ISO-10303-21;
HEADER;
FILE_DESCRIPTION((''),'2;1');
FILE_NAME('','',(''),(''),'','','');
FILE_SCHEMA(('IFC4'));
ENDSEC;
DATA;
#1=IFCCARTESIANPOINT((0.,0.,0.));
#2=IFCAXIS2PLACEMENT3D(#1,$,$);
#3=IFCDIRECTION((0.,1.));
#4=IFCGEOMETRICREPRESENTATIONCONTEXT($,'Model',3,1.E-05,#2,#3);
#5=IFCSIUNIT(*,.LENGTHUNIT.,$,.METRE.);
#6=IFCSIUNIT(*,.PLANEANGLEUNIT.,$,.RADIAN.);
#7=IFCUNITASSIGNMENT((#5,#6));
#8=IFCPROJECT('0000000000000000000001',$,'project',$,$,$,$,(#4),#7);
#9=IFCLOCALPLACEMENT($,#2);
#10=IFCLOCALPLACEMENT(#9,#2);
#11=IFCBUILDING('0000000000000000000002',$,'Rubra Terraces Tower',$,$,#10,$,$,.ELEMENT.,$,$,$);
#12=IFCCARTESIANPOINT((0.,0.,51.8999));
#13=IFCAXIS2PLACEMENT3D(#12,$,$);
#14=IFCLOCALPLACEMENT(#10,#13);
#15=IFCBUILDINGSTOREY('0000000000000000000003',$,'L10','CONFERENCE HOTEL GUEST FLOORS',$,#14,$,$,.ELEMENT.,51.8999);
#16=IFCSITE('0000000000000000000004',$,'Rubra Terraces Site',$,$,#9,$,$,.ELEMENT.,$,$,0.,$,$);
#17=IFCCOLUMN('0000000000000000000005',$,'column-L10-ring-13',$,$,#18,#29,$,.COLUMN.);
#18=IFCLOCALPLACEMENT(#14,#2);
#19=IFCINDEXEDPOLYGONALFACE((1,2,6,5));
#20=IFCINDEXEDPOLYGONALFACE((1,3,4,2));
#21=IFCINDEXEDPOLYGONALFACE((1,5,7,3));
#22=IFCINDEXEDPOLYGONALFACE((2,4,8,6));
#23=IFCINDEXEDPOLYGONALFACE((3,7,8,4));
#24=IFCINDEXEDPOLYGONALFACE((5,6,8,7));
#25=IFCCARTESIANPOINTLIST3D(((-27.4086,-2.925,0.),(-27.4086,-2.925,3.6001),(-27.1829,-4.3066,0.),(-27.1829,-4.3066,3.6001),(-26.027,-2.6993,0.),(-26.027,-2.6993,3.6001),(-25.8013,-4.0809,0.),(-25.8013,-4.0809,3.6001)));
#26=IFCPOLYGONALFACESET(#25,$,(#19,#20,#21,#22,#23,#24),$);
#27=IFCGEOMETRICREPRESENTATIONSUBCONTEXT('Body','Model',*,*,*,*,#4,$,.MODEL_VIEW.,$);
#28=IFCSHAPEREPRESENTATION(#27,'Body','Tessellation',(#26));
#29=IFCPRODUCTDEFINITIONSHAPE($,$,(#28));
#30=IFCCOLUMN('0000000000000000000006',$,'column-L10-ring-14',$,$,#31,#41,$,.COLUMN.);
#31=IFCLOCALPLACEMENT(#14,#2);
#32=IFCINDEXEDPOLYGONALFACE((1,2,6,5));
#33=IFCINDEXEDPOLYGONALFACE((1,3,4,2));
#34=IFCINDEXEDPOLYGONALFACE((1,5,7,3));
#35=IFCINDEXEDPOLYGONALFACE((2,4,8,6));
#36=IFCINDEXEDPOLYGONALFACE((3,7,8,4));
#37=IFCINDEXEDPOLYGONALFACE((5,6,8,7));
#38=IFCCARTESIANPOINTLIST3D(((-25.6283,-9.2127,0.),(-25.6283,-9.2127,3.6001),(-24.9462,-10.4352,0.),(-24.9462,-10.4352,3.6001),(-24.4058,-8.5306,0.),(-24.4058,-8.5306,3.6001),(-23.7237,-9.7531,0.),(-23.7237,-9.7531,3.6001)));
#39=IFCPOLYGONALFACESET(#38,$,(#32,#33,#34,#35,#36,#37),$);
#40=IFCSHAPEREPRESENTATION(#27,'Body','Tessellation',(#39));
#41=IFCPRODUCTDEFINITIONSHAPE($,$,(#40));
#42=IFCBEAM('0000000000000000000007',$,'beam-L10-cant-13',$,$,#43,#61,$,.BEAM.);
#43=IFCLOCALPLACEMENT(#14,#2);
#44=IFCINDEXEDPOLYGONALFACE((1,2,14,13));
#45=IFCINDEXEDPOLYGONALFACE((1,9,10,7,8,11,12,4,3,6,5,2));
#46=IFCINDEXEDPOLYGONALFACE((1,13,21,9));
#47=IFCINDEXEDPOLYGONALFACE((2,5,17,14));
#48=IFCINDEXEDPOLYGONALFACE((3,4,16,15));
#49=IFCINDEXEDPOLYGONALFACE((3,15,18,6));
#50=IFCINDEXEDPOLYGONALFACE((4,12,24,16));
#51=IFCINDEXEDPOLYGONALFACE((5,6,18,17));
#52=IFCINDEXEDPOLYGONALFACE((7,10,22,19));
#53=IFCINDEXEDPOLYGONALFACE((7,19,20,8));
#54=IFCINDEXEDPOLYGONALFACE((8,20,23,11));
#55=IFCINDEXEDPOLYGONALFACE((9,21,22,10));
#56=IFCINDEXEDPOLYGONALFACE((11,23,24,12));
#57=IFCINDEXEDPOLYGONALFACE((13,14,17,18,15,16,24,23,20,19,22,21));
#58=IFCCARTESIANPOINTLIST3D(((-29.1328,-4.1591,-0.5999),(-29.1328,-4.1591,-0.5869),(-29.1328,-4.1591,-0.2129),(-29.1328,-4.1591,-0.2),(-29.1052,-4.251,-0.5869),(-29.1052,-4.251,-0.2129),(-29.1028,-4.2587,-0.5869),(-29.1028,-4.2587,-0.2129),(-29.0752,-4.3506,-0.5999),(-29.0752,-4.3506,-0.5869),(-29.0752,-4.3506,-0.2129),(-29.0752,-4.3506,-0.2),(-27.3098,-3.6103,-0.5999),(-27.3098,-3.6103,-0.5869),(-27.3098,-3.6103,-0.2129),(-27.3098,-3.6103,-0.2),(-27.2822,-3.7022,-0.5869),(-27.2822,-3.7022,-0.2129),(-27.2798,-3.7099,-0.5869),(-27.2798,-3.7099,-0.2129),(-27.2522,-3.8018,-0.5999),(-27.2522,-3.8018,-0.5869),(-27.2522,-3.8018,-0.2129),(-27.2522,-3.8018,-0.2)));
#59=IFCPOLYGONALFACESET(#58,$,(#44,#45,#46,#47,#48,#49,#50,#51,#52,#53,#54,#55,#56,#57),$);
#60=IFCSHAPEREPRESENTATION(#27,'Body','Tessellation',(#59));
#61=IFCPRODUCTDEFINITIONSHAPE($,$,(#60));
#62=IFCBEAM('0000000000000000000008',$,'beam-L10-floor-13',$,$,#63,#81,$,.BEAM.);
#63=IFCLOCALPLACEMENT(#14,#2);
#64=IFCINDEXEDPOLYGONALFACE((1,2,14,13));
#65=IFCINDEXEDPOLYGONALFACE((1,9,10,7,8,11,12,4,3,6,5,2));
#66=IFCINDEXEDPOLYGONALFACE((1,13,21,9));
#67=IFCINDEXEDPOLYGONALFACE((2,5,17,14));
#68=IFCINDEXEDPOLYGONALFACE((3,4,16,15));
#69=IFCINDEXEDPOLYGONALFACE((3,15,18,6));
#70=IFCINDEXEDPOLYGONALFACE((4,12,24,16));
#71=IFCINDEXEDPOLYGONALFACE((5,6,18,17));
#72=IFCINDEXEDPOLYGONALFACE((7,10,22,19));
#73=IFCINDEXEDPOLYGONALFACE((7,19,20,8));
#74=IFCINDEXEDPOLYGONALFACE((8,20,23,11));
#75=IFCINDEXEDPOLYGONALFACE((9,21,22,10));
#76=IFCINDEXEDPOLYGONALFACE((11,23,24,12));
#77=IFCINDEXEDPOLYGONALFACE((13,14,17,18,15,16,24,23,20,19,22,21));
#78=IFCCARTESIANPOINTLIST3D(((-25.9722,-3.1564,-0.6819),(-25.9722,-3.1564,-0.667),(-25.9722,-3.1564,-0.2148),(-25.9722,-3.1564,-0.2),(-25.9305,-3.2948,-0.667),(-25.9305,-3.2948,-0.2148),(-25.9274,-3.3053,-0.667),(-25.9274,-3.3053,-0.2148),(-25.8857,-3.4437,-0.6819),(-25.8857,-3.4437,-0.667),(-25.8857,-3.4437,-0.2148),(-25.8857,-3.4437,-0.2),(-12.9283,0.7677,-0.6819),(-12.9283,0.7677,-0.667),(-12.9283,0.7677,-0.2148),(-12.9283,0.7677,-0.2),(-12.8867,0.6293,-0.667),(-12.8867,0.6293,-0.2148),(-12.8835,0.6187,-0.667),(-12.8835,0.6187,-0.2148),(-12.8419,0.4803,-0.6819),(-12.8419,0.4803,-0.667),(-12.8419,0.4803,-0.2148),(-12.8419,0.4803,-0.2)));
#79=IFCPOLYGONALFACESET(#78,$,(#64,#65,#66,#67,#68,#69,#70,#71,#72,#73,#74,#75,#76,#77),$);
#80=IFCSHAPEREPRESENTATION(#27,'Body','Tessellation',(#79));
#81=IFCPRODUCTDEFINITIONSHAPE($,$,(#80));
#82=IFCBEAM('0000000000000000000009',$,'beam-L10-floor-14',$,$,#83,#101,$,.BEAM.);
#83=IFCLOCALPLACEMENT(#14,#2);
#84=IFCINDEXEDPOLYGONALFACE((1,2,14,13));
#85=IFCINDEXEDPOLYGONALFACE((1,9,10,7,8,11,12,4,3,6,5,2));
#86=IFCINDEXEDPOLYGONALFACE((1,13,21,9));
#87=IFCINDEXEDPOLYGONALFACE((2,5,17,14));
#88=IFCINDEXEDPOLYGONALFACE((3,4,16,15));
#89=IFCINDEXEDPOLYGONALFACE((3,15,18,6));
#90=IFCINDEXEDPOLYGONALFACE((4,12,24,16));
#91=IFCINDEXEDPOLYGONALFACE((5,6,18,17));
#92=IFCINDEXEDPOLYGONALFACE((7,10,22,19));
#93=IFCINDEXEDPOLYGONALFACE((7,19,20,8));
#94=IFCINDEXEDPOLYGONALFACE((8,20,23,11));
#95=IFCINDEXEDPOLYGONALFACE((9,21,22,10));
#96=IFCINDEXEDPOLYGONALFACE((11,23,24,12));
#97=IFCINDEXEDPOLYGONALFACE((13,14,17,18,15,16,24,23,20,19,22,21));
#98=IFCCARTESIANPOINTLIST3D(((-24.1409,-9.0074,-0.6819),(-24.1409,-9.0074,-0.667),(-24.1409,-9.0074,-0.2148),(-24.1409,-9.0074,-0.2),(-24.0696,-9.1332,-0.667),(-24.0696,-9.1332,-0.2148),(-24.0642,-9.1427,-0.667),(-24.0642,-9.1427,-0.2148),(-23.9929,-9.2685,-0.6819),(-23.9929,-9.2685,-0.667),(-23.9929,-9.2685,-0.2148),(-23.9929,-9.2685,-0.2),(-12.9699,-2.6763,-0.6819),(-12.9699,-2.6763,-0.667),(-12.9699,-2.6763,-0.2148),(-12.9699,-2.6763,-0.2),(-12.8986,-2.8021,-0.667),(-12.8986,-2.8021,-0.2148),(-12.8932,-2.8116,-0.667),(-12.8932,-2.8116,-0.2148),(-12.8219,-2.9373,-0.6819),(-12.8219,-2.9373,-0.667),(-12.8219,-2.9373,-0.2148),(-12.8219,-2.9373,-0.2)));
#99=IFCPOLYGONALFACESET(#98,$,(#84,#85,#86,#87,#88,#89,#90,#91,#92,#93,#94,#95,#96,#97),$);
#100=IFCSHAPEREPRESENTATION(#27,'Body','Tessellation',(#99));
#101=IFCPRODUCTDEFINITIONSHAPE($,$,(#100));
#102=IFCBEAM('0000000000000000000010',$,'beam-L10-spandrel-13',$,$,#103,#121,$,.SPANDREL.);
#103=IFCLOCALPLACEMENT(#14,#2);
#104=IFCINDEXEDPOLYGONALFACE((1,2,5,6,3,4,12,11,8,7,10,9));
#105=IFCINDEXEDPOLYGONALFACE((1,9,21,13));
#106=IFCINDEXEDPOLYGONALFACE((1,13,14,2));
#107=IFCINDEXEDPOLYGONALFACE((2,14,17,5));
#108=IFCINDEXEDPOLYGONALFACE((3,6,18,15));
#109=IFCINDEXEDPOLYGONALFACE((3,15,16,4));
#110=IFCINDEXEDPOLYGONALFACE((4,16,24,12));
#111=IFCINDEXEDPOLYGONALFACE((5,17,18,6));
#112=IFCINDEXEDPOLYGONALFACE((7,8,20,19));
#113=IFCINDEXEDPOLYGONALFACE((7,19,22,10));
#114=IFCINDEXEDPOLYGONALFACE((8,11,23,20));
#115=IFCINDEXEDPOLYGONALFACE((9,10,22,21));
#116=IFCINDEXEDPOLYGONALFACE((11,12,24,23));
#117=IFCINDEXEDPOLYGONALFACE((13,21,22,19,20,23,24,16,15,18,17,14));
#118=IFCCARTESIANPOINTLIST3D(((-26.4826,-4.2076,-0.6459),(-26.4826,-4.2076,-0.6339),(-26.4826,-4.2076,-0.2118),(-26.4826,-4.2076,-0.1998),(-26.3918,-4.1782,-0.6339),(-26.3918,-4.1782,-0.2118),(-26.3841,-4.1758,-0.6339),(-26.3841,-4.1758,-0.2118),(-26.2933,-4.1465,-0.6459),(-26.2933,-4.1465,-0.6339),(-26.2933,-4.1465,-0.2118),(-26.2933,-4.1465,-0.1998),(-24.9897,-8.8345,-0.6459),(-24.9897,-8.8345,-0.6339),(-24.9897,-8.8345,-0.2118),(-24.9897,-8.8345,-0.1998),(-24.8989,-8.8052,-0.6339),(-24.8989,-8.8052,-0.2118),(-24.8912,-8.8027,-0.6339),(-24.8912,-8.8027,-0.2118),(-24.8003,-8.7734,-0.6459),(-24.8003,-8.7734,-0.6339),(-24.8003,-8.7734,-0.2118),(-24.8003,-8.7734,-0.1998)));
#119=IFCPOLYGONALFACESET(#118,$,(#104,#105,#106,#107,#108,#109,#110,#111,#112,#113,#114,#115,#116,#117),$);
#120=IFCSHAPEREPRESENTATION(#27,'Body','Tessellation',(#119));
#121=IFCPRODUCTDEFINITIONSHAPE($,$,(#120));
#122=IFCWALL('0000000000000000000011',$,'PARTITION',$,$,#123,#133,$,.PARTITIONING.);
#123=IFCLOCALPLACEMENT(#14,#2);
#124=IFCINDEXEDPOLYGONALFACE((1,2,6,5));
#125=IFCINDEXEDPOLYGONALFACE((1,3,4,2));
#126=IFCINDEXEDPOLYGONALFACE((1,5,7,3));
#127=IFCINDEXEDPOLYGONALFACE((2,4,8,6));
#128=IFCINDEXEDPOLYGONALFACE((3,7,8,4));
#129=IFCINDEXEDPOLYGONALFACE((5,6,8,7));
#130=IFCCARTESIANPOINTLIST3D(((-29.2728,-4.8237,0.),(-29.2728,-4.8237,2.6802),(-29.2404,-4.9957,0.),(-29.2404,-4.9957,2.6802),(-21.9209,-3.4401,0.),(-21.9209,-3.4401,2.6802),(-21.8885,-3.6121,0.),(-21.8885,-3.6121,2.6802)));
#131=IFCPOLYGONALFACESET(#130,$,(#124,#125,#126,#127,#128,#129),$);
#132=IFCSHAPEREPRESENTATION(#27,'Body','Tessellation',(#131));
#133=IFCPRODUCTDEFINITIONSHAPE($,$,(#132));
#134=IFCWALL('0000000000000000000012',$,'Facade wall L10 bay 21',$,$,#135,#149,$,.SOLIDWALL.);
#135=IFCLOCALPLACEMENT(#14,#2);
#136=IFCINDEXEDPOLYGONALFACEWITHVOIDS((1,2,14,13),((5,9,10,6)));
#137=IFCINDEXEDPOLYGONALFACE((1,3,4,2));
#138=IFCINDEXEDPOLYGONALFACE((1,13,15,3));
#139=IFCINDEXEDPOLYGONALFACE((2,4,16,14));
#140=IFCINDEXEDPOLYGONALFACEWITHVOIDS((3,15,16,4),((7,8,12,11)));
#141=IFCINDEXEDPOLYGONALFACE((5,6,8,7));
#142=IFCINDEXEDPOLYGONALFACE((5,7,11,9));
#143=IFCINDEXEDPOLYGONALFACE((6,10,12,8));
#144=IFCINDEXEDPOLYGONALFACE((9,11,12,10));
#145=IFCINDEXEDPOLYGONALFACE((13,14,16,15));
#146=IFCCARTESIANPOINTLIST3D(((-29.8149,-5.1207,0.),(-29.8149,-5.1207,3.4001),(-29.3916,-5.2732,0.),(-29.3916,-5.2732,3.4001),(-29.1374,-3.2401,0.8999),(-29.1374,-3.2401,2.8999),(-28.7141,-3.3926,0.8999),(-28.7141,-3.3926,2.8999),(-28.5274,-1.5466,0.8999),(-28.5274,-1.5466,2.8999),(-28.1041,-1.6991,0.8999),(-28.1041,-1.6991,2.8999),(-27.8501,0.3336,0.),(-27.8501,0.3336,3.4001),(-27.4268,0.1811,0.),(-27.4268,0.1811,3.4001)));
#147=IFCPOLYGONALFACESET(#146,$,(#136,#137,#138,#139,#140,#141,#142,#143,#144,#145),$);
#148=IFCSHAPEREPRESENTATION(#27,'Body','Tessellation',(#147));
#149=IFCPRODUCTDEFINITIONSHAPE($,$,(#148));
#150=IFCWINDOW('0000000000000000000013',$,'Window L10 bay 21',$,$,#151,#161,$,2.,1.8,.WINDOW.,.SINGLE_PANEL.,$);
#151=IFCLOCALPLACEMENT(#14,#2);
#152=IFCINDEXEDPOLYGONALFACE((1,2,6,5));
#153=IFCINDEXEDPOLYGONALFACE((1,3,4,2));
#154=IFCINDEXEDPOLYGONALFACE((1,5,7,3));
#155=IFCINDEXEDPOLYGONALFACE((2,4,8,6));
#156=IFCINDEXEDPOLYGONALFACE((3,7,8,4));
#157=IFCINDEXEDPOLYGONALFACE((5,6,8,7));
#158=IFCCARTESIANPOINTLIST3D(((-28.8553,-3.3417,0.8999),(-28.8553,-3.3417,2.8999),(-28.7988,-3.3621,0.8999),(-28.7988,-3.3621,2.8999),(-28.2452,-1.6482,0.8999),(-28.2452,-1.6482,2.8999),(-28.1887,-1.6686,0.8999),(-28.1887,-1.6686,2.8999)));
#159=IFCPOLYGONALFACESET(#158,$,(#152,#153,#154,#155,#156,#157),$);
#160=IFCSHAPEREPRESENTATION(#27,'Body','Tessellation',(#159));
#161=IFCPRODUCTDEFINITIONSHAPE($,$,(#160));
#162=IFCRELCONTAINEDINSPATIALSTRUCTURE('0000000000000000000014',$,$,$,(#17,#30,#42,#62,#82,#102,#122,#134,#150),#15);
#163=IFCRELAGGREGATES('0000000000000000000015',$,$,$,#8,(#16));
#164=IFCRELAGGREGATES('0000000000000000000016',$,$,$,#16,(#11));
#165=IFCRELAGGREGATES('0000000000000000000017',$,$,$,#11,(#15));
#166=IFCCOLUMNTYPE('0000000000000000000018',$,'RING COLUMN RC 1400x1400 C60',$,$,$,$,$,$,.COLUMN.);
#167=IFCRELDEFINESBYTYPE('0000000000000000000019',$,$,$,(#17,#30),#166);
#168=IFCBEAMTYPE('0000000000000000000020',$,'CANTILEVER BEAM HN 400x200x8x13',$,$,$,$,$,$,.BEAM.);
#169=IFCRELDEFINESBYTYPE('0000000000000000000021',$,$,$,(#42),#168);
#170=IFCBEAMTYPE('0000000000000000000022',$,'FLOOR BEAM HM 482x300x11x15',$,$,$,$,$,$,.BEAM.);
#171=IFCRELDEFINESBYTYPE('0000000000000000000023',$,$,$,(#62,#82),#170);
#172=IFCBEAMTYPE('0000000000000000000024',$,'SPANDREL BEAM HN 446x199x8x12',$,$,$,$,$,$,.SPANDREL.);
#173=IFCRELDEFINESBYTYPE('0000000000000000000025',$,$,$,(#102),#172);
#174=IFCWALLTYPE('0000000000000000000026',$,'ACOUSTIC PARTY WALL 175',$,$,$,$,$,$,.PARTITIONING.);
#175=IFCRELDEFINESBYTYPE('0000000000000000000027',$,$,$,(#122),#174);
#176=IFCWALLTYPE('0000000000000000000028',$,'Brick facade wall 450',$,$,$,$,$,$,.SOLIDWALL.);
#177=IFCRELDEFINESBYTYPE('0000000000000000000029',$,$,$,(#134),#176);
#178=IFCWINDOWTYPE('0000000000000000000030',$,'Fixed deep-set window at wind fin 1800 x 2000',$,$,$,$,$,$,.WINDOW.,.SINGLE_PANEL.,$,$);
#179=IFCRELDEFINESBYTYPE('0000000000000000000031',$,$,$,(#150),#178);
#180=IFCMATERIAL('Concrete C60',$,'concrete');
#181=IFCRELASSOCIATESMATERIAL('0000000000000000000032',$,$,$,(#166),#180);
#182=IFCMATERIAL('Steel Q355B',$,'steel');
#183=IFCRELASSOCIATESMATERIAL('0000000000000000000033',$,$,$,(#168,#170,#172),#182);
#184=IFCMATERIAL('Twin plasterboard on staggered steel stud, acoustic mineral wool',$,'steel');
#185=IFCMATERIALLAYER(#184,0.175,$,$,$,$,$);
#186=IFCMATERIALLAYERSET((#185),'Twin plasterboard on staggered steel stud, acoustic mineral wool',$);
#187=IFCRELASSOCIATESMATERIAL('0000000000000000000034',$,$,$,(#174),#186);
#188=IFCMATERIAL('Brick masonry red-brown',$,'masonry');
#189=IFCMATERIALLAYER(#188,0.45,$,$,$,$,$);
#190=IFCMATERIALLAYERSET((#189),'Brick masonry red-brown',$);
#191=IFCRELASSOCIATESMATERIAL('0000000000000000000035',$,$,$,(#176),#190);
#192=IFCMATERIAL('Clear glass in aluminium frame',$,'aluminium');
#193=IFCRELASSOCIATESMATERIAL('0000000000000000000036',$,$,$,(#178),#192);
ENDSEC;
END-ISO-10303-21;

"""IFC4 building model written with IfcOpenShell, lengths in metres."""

from ifc_helpers import new_model, si_unit, direction, frame, frame_2d, origin, origin_2d, place, context, subcontext, project, spatial, rectangle, i_section, extrude, material, layer, layer_set, material_profile, profile_set, type_object, element, fill, save


model = new_model("IFC4")

# Units and contexts
model_context = context("Model", 3, precision=1e-05, world=origin(), true_north=direction((0.0, 1.0)))
body_context = subcontext(model_context, "Body", "Model", "MODEL_VIEW")
ifc_project = project(units=[si_unit("LENGTHUNIT", "METRE"), si_unit("PLANEANGLEUNIT", "RADIAN")], contexts=[model_context])

# Site, building, storey
site_placement = place(None, origin())
site = spatial("IfcSite", under=ifc_project, at=site_placement, Name="Rubra Terraces Site", CompositionType="ELEMENT", RefElevation=0.0)
building_placement = place(site_placement, origin())
building = spatial("IfcBuilding", under=site, at=building_placement, Name="Rubra Terraces Tower", CompositionType="ELEMENT")
storey_placement = place(building_placement, frame((0.0, 0.0, 51.8999)))
storey = spatial("IfcBuildingStorey", under=building, at=storey_placement, Name="L10", Description="CONFERENCE HOTEL GUEST FLOORS", CompositionType="ELEMENT", Elevation=51.8999)

# Columns
ifc_material_1 = material(Name="Concrete C60", Category="concrete")
ifc_material_profile_1 = material_profile(ifc_material_1, rectangle(XDim=1.3999, YDim=1.3999, at=origin_2d()), Name="RC 1400x1400")
ifc_profile_set_1 = profile_set([ifc_material_profile_1], Name="Concrete C60")
column_type = type_object("IfcColumnType", Name="RING COLUMN RC 1400x1400 C60", PredefinedType="COLUMN", material=ifc_profile_set_1)
for number, where, z_axis, x_axis, name in (
    (1, (-26.605, -3.5029, 0.0), (0.0, 0.0, 1.0), (0.161234, -0.986916, 0.0), "column-L10-ring-13"),
    (2, (-24.676, -9.4829, 0.0), (0.0, 0.0, 1.0), (0.487227, -0.873276, 0.0), "column-L10-ring-14"),
):
    element("IfcColumn", number, at=place(storey_placement, frame(where, z_axis=z_axis, x_axis=x_axis)), inside=storey, type_object=column_type, Name=name, PredefinedType="COLUMN", context=body_context, shape_type="SweptSolid", body=[
        extrude(rectangle(XDim=1.3999, YDim=1.3999, at=origin_2d()), origin(), (0.0, 0.0, 1.0), 3.6001),
    ])

# Beams
ifc_material_2 = material(Name="Steel Q355B", Category="steel")
ifc_material_profile_2 = material_profile(ifc_material_2, i_section(OverallWidth=0.2, OverallDepth=0.3999, WebThickness=0.0081, FlangeThickness=0.0129, at=origin_2d()), Name="HN 400x200x8x13")
ifc_profile_set_2 = profile_set([ifc_material_profile_2], Name="Steel Q355B")
beam_type_1 = type_object("IfcBeamType", Name="CANTILEVER BEAM HN 400x200x8x13", PredefinedType="BEAM", material=ifc_profile_set_2)
beam_1_placement = place(storey_placement, frame((-27.281, -3.7061, -0.3999), z_axis=(-0.957547, -0.288277, 0.0), x_axis=(0.288277, -0.957547, 0.0)))
element("IfcBeam", 3, at=beam_1_placement, inside=storey, type_object=beam_type_1, Name="beam-L10-cant-13", PredefinedType="BEAM", context=body_context, shape_type="SweptSolid", body=[
    extrude(i_section(OverallWidth=0.2, OverallDepth=0.3999, WebThickness=0.0081, FlangeThickness=0.0129, at=origin_2d()), origin(), (0.0, 0.0, 1.0), 1.9038),
])
ifc_material_profile_3 = material_profile(ifc_material_2, i_section(OverallWidth=0.3, OverallDepth=0.4819, WebThickness=0.011, FlangeThickness=0.0149, at=origin_2d()), Name="HM 482x300x11x15")
ifc_profile_set_3 = profile_set([ifc_material_profile_3], Name="Steel Q355B")
beam_type_2 = type_object("IfcBeamType", Name="FLOOR BEAM HM 482x300x11x15", PredefinedType="BEAM", material=ifc_profile_set_3)
beam_2_placement = place(storey_placement, frame((-25.929, -3.3, -0.4409), z_axis=(0.957606, 0.288081, 0.0), x_axis=(-0.288081, 0.957606, 0.0)))
element("IfcBeam", 4, at=beam_2_placement, inside=storey, type_object=beam_type_2, Name="beam-L10-floor-13", PredefinedType="BEAM", context=body_context, shape_type="SweptSolid", body=[
    extrude(i_section(OverallWidth=0.3, OverallDepth=0.4819, WebThickness=0.011, FlangeThickness=0.0149, at=origin_2d()), origin(), (0.0, 0.0, 1.0), 13.6213),
])
beam_3_placement = place(storey_placement, frame((-24.0669, -9.1379, -0.4409), z_axis=(0.869993, 0.493064, 0.0), x_axis=(-0.493064, 0.869993, 0.0)))
element("IfcBeam", 5, at=beam_3_placement, inside=storey, type_object=beam_type_2, Name="beam-L10-floor-14", PredefinedType="BEAM", context=body_context, shape_type="SweptSolid", body=[
    extrude(i_section(OverallWidth=0.3, OverallDepth=0.4819, WebThickness=0.011, FlangeThickness=0.0149, at=origin_2d()), origin(), (0.0, 0.0, 1.0), 12.8403),
])
ifc_material_profile_4 = material_profile(ifc_material_2, i_section(OverallWidth=0.199, OverallDepth=0.446, WebThickness=0.0081, FlangeThickness=0.012, at=origin_2d()), Name="HN 446x199x8x12")
ifc_profile_set_4 = profile_set([ifc_material_profile_4], Name="Steel Q355B")
beam_type_3 = type_object("IfcBeamType", Name="SPANDREL BEAM HN 446x199x8x12", PredefinedType="SPANDREL", material=ifc_profile_set_4)
beam_4_placement = place(storey_placement, frame((-26.3879, -4.177, -0.4229), z_axis=(0.307069, -0.951687, 0.0), x_axis=(0.951687, 0.307069, 0.0)))
element("IfcBeam", 6, at=beam_4_placement, inside=storey, type_object=beam_type_3, Name="beam-L10-spandrel-13", PredefinedType="SPANDREL", context=body_context, shape_type="SweptSolid", body=[
    extrude(i_section(OverallWidth=0.199, OverallDepth=0.446, WebThickness=0.0081, FlangeThickness=0.012, at=origin_2d()), origin(), (0.0, 0.0, 1.0), 4.8618),
])

# Wall
ifc_material_3 = material(Name="Twin plasterboard on staggered steel stud, acoustic mineral wool", Category="steel")
ifc_layer_1 = layer(ifc_material_3, 0.175)
ifc_layer_set_1 = layer_set([ifc_layer_1], Name="Twin plasterboard on staggered steel stud, acoustic mineral wool")
wall_type_1 = type_object("IfcWallType", Name="ACOUSTIC PARTY WALL 175", PredefinedType="PARTITIONING", material=ifc_layer_set_1)
wall_1_placement = place(storey_placement, frame((-29.2566, -4.9097, 0.0), z_axis=(0.0, 0.0, 1.0), x_axis=(0.982749, 0.184945, 0.0)))
element("IfcWall", 7, at=wall_1_placement, inside=storey, type_object=wall_type_1, Name="PARTITION", PredefinedType="PARTITIONING", context=body_context, shape_type="SweptSolid", body=[
    extrude(rectangle(XDim=7.481, YDim=0.175, at=frame_2d((3.7405, 0.0))), origin(), (0.0, 0.0, 1.0), 2.6802),
])

# Wall, opening, window
ifc_material_4 = material(Name="Brick masonry red-brown", Category="masonry")
ifc_layer_2 = layer(ifc_material_4, 0.45)
ifc_layer_set_2 = layer_set([ifc_layer_2], Name="Brick masonry red-brown")
wall_type_2 = type_object("IfcWallType", Name="Brick facade wall 450", PredefinedType="SOLIDWALL", material=ifc_layer_set_2)
wall_2_placement = place(storey_placement, frame((-27.6384, 0.2573, 0.0), z_axis=(0.0, 0.0, 1.0), x_axis=(-0.338915, -0.940817, 0.0)))
wall_2 = element("IfcWall", 8, at=wall_2_placement, inside=storey, type_object=wall_type_2, Name="Facade wall L10 bay 21", PredefinedType="SOLIDWALL", context=body_context, shape_type="SweptSolid", body=[
    extrude(rectangle(XDim=5.7974, YDim=0.45, at=frame_2d((2.8987, 0.0))), origin(), (0.0, 0.0, 1.0), 3.4001),
])
opening_1_placement = place(wall_2_placement, frame((1.9985, 0.0, 0.8999)))
opening_1 = element("IfcOpeningElement", 9, at=opening_1_placement, cuts=wall_2, PredefinedType="OPENING", context=body_context, shape_type="SweptSolid", body=[
    extrude(rectangle(XDim=1.8, YDim=2.0, at=frame_2d((0.8999, 1.0))), frame((0.0, 0.2349, 0.0), z_axis=(0.0, -1.0, 0.0), x_axis=(1.0, 0.0, 0.0)), (0.0, 0.0, 1.0), 0.47),
])
ifc_material_5 = material(Name="Clear glass in aluminium frame", Category="aluminium")
window_type_1 = type_object("IfcWindowType", Name="Fixed deep-set window at wind fin 1800 x 2000", PartitioningType="SINGLE_PANEL", PredefinedType="WINDOW", material=ifc_material_5)
window_1_placement = place(opening_1_placement, origin())
window_1 = element("IfcWindow", 10, at=window_1_placement, inside=storey, type_object=window_type_1, Name="Window L10 bay 21", OverallHeight=2.0, OverallWidth=1.8, PartitioningType="SINGLE_PANEL", PredefinedType="WINDOW", context=body_context, shape_type="SweptSolid", body=[
    extrude(rectangle(XDim=1.8, YDim=2.0, at=frame_2d((0.8999, 1.0))), frame((0.0, 0.135, 0.0), z_axis=(0.0, -1.0, 0.0), x_axis=(1.0, 0.0, 0.0)), (0.0, 0.0, 1.0), 0.0601),
])
fill(opening_1, window_1)

save(model, "model.ifc")
